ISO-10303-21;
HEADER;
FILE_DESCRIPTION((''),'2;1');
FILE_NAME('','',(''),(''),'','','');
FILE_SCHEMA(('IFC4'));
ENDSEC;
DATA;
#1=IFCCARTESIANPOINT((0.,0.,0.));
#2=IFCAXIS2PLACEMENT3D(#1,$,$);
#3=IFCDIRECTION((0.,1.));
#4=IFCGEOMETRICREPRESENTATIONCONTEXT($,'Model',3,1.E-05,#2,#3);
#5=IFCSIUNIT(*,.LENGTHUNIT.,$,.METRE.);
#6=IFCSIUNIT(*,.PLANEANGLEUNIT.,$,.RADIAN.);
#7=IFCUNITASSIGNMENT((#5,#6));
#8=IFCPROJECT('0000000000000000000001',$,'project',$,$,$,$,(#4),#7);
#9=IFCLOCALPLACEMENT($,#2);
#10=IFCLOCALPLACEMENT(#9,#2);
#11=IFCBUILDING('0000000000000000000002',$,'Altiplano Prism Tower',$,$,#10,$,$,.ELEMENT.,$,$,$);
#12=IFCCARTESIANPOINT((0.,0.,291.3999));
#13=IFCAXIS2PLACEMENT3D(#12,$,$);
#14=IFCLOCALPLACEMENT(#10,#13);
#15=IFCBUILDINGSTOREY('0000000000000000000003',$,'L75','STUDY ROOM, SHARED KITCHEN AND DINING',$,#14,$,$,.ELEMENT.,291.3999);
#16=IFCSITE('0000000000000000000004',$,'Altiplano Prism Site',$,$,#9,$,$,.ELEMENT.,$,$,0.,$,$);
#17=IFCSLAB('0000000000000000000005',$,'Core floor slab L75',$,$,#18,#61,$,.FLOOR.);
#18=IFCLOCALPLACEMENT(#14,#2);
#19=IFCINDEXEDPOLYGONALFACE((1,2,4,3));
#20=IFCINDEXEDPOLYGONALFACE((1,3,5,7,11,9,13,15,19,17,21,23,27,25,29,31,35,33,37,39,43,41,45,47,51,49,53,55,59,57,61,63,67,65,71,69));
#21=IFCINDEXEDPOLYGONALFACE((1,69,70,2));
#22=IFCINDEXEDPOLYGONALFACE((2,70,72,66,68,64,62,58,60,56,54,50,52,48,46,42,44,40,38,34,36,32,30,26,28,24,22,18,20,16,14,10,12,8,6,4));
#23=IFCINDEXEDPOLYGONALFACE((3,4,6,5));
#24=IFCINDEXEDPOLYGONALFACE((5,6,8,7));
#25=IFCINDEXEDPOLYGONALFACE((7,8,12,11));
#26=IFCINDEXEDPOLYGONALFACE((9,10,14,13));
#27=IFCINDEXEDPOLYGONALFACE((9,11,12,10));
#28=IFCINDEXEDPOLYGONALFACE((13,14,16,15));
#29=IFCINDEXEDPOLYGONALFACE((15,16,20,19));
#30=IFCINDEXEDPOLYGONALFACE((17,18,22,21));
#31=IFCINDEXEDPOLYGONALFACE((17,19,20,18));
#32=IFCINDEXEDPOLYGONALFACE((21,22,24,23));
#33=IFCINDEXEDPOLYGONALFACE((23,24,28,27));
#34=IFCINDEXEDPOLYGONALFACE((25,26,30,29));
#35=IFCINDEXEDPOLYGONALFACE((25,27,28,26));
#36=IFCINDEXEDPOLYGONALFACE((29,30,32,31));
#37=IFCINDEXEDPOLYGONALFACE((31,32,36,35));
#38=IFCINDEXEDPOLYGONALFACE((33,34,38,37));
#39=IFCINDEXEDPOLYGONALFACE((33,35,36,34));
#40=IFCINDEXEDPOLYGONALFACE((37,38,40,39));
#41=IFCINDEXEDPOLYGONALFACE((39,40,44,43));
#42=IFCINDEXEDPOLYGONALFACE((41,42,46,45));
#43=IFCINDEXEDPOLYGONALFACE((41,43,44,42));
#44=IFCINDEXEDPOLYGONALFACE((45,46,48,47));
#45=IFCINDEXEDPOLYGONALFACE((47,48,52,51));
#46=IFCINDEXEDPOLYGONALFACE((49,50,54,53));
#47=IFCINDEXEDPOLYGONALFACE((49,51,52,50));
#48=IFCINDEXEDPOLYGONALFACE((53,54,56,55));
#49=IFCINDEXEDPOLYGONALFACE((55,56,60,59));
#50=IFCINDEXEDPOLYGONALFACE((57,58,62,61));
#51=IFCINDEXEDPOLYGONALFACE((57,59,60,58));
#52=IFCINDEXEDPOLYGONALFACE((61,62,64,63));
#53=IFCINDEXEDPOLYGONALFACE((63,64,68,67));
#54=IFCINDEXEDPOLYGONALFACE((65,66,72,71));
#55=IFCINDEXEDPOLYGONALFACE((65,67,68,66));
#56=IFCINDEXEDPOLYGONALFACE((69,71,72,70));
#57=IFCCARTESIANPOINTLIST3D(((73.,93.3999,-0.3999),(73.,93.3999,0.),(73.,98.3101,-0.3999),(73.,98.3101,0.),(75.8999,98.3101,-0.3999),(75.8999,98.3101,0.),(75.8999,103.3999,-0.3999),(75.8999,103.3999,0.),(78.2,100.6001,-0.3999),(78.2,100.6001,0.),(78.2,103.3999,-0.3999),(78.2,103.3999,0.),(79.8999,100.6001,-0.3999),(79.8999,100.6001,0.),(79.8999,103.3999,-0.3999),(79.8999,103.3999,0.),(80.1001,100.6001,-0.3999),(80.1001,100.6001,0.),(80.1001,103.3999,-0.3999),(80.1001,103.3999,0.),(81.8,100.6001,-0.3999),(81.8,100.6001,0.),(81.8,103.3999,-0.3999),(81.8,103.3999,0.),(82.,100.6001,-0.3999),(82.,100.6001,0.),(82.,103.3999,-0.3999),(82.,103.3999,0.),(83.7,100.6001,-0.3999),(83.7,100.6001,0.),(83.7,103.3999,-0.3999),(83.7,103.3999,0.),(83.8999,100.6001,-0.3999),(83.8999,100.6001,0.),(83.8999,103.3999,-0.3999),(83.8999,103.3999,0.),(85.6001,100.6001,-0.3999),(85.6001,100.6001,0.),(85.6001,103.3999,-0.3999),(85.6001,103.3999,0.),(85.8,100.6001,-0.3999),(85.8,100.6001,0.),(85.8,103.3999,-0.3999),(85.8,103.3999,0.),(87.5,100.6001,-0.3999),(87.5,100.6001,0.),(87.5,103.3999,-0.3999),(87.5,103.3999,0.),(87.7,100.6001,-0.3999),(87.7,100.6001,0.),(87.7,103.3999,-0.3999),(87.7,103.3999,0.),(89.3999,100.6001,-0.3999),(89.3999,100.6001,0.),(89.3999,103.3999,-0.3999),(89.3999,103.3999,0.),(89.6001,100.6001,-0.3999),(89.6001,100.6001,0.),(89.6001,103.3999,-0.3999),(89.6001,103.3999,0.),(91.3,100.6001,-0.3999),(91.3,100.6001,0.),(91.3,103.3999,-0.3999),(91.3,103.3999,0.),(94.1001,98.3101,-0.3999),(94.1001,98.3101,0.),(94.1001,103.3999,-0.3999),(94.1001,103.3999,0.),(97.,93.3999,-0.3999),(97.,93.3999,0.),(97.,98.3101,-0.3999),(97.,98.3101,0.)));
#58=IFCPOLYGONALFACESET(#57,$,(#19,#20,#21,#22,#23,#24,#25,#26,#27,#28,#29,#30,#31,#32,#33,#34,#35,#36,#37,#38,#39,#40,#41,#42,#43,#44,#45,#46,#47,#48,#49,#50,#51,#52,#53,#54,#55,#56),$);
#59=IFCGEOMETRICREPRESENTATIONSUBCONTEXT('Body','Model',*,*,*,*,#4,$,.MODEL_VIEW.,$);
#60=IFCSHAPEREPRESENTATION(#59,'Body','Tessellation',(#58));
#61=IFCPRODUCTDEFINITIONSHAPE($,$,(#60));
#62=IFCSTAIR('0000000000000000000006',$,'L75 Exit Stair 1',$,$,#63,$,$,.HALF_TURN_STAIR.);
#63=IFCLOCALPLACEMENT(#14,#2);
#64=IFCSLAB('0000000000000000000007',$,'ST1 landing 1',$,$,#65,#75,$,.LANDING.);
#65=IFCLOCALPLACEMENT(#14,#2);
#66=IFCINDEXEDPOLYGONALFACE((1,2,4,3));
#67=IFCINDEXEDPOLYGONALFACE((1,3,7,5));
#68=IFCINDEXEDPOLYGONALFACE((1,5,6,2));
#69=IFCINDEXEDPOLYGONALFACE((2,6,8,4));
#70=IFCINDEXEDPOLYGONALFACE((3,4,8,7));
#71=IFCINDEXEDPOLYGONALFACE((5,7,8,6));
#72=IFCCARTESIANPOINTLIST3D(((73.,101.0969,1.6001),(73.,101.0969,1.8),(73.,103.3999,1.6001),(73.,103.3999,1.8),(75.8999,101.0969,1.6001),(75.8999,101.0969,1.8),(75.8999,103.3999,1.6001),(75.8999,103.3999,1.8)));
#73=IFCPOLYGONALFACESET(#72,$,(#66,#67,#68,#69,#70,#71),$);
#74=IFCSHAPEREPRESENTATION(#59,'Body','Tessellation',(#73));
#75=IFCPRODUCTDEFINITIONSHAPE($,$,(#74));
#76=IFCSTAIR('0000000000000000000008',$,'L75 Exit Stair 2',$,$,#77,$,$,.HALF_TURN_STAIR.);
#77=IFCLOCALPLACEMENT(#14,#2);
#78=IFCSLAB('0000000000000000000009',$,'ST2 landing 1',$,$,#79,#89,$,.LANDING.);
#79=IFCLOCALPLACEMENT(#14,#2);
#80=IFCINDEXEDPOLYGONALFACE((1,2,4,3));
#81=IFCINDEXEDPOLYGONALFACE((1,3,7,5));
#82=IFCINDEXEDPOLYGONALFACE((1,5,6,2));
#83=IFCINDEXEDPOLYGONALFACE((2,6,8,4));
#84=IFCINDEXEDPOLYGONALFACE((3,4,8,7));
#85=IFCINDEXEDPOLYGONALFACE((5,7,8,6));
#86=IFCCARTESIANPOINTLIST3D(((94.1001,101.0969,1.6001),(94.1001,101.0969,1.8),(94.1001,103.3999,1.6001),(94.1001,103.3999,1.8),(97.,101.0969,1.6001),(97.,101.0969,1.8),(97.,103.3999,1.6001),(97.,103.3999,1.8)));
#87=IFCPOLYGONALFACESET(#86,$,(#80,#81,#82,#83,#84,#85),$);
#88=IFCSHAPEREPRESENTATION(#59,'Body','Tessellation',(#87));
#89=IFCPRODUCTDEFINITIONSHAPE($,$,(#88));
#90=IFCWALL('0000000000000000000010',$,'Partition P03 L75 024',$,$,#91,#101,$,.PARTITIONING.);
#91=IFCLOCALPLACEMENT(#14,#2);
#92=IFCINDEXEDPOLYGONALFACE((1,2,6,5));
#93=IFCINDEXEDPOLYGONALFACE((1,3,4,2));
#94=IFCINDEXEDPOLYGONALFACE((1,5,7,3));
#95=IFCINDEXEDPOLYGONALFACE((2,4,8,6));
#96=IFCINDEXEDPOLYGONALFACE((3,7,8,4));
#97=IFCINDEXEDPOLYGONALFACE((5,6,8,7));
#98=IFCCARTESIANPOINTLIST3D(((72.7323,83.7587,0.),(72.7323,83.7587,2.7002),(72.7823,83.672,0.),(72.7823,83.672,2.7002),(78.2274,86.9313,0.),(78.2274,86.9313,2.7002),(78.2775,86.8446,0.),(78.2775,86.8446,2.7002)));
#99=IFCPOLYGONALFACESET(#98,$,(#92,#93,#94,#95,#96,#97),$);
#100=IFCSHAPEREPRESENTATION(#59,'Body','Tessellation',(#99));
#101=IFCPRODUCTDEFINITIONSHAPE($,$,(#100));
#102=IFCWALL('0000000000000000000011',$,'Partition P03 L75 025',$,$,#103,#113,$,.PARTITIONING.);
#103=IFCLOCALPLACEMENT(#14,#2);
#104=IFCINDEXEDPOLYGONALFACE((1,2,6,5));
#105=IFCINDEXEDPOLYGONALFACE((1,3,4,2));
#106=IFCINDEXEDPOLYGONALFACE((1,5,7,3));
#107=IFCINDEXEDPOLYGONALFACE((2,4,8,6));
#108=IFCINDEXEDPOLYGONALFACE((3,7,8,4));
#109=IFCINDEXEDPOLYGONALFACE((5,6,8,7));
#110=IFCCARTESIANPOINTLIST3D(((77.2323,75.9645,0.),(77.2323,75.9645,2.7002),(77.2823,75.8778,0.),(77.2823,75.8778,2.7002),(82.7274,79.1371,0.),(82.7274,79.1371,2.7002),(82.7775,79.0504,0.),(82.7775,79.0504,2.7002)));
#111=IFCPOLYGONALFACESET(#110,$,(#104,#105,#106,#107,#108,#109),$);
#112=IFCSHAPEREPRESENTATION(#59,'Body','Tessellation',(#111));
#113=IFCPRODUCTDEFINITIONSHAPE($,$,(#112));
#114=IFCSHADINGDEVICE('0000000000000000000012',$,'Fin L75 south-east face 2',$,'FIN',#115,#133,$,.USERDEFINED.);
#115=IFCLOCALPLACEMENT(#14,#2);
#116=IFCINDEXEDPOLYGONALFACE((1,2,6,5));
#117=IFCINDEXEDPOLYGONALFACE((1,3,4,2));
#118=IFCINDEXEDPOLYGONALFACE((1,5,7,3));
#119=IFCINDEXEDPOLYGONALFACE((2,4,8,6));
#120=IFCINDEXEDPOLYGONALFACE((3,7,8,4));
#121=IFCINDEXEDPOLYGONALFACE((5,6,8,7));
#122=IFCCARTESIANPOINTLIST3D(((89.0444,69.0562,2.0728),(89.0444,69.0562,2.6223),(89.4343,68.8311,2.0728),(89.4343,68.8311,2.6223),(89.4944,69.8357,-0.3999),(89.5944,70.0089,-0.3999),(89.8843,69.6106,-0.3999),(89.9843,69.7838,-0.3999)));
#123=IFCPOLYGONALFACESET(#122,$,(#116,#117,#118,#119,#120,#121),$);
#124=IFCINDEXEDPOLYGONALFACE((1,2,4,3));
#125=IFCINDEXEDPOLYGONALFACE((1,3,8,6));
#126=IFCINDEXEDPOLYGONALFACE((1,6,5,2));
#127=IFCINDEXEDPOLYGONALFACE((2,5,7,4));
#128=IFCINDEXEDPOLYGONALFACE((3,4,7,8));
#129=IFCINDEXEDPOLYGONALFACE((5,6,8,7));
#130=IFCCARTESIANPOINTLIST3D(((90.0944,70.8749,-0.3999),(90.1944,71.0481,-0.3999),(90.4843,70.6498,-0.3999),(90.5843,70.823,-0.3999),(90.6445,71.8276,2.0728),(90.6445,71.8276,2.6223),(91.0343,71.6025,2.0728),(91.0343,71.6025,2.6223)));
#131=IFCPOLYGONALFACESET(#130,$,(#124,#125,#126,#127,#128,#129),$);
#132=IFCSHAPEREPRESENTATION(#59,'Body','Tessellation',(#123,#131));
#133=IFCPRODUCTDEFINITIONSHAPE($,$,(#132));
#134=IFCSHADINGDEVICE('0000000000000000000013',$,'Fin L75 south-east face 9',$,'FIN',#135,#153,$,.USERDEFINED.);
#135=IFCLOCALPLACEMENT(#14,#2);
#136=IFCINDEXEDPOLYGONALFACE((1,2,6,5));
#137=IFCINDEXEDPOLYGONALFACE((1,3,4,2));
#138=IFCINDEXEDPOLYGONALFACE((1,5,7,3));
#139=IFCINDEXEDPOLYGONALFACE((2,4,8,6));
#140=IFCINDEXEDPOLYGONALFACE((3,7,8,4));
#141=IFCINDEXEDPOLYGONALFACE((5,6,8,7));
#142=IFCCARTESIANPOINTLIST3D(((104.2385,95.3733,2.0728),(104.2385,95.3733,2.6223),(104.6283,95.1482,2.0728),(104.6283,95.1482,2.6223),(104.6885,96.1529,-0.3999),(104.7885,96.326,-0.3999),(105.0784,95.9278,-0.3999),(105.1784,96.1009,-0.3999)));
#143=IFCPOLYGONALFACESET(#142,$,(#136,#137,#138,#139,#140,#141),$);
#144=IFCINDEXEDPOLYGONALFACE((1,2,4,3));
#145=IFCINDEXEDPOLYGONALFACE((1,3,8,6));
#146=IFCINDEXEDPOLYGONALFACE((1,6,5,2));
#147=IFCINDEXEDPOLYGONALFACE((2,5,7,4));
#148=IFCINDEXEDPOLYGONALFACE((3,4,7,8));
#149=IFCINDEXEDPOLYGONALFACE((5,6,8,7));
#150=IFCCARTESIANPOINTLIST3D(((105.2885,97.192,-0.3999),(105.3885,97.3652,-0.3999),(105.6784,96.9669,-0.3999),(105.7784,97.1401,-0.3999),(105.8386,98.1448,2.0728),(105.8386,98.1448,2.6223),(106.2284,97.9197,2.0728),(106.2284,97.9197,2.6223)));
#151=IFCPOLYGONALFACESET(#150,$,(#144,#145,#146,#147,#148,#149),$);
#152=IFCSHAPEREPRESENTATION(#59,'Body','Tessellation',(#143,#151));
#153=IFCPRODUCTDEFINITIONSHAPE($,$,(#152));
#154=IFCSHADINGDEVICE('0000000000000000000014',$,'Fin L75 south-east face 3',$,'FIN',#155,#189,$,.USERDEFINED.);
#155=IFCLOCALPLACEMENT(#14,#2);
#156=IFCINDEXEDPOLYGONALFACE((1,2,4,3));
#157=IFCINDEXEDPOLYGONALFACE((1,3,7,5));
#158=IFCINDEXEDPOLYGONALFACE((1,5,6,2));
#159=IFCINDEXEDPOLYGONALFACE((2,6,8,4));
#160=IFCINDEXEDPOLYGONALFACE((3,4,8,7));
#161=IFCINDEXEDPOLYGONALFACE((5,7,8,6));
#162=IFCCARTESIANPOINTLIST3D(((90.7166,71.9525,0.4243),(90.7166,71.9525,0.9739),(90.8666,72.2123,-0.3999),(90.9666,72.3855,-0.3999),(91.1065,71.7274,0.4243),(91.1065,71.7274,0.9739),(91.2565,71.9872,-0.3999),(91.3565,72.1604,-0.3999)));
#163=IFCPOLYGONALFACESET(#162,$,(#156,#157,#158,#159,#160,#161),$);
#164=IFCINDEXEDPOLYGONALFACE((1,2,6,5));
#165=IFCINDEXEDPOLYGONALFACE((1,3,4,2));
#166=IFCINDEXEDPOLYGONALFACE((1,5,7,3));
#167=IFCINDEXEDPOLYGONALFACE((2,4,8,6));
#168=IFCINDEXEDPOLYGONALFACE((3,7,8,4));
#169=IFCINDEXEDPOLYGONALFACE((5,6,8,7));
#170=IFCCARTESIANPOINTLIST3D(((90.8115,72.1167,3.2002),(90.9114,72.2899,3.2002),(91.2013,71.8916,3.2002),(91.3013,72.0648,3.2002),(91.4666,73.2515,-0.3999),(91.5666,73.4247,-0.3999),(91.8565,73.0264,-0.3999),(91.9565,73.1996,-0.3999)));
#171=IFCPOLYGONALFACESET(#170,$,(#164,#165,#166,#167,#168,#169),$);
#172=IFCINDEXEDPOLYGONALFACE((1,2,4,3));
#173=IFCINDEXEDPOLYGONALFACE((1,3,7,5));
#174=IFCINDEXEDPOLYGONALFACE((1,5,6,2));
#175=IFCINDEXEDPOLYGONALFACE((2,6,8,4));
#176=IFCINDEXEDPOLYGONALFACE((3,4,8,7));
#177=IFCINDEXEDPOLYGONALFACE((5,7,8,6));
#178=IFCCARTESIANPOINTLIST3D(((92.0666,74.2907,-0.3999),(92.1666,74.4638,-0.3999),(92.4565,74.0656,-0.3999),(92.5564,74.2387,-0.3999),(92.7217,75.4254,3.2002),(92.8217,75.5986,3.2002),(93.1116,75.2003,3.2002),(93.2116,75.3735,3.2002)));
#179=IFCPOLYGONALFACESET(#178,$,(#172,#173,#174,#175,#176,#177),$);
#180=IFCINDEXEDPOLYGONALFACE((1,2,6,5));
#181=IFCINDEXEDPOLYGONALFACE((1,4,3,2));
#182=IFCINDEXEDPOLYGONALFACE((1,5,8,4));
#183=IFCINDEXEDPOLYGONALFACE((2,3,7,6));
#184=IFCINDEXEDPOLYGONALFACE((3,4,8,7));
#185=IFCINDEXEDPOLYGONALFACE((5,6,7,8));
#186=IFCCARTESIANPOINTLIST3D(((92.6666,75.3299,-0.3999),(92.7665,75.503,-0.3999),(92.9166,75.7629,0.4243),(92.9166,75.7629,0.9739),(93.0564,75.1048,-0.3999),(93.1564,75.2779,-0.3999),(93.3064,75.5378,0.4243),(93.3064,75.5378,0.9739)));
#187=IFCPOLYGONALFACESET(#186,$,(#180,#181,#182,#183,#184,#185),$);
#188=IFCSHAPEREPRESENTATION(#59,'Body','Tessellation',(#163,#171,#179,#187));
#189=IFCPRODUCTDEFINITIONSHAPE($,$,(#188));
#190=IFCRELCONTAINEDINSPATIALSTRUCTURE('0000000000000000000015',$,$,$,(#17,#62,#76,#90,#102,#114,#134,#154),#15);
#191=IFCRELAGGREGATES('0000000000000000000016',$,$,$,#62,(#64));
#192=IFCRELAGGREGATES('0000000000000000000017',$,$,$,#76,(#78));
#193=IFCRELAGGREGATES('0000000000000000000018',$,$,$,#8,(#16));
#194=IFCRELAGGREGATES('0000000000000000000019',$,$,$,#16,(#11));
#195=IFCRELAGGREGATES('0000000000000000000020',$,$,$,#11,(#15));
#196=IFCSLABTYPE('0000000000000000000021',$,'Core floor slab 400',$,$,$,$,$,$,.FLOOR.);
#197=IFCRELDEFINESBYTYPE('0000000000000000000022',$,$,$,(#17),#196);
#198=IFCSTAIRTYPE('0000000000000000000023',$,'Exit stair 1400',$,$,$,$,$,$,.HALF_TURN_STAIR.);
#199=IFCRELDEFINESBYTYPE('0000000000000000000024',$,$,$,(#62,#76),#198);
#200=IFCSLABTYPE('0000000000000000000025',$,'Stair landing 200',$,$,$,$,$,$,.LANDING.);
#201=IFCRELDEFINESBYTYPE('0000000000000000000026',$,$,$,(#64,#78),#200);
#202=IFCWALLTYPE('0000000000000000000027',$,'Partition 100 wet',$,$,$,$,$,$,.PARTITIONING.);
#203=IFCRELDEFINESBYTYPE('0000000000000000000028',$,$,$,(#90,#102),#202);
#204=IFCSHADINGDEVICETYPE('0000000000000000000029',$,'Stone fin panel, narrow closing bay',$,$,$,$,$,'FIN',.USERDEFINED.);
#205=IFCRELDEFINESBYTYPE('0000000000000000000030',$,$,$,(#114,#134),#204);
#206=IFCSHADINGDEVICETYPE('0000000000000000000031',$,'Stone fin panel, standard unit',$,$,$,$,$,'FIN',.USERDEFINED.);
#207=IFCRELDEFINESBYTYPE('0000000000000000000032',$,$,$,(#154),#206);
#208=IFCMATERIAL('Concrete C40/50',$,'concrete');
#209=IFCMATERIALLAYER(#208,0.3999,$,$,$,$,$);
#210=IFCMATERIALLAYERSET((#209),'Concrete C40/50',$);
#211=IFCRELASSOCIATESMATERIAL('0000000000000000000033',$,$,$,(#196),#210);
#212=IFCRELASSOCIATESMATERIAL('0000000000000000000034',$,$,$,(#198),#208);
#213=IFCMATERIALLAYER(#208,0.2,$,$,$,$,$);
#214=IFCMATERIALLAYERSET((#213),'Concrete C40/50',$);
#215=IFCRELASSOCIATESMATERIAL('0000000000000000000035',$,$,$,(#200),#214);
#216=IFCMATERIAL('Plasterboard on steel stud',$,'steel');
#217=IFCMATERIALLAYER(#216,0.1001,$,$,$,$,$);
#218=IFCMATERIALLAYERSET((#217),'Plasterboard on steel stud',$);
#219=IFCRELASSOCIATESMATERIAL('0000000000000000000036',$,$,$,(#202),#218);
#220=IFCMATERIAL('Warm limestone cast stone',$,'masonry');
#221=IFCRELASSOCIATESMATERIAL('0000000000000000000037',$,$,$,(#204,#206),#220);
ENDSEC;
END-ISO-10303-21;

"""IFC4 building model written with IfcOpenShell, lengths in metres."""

from ifc_helpers import new_model, si_unit, direction, frame, frame_2d, origin, place, context, subcontext, project, spatial, polyline, rectangle, outline, extrude, source, transform, mapped, material, layer, layer_set, type_object, element, aggregate, save


model = new_model("IFC4")

# Units and contexts
model_context = context("Model", 3, precision=1e-05, world=origin(), true_north=direction((0.0, 1.0)))
body_context = subcontext(model_context, "Body", "Model", "MODEL_VIEW")
ifc_project = project(units=[si_unit("LENGTHUNIT", "METRE"), si_unit("PLANEANGLEUNIT", "RADIAN")], contexts=[model_context])

# Site, building, storey
site_placement = place(None, origin())
site = spatial("IfcSite", under=ifc_project, at=site_placement, Name="Altiplano Prism Site", CompositionType="ELEMENT", RefElevation=0.0)
building_placement = place(site_placement, origin())
building = spatial("IfcBuilding", under=site, at=building_placement, Name="Altiplano Prism Tower", CompositionType="ELEMENT")
storey_placement = place(building_placement, frame((0.0, 0.0, 291.3999)))
storey = spatial("IfcBuildingStorey", under=building, at=storey_placement, Name="L75", Description="STUDY ROOM, SHARED KITCHEN AND DINING", CompositionType="ELEMENT", Elevation=291.3999)

# Slab
ifc_material_1 = material(Name="Concrete C40/50", Category="concrete")
ifc_layer_1 = layer(ifc_material_1, 0.3999)
ifc_layer_set_1 = layer_set([ifc_layer_1], Name="Concrete C40/50")
slab_type_1 = type_object("IfcSlabType", Name="Core floor slab 400", PredefinedType="FLOOR", material=ifc_layer_set_1)
slab_1_placement = place(storey_placement, frame((0.0, 0.0, -0.3999)))
element("IfcSlab", 1, at=slab_1_placement, inside=storey, type_object=slab_type_1, Name="Core floor slab L75", PredefinedType="FLOOR", context=body_context, shape_type="SweptSolid", body=[
    extrude(outline(polyline([(97.0, 98.3101), (94.1001, 98.3101), (94.1001, 103.3999), (91.3, 103.3999), (91.3, 100.6001), (89.6001, 100.6001), (89.6001, 103.3999), (89.3999, 103.3999), (89.3999, 100.6001), (87.7, 100.6001), (87.7, 103.3999), (87.5, 103.3999), (87.5, 100.6001), (85.8, 100.6001), (85.8, 103.3999), (85.6001, 103.3999), (85.6001, 100.6001), (83.8999, 100.6001), (83.8999, 103.3999), (83.7, 103.3999), (83.7, 100.6001), (82.0, 100.6001), (82.0, 103.3999), (81.8, 103.3999), (81.8, 100.6001), (80.1001, 100.6001), (80.1001, 103.3999), (79.8999, 103.3999), (79.8999, 100.6001), (78.2, 100.6001), (78.2, 103.3999), (75.8999, 103.3999), (75.8999, 98.3101), (73.0, 98.3101), (73.0, 93.3999), (97.0, 93.3999), (97.0, 98.3101)])), origin(), (0.0, 0.0, 1.0), 0.3999),
])

# Stairs, slabs
stair_type = type_object("IfcStairType", Name="Exit stair 1400", PredefinedType="HALF_TURN_STAIR", material=ifc_material_1)
stair_1_placement = place(storey_placement, origin())
stair_1 = element("IfcStair", 2, at=stair_1_placement, inside=storey, type_object=stair_type, Name="L75 Exit Stair 1", PredefinedType="HALF_TURN_STAIR")
ifc_layer_2 = layer(ifc_material_1, 0.2)
ifc_layer_set_2 = layer_set([ifc_layer_2], Name="Concrete C40/50")
slab_type_2 = type_object("IfcSlabType", Name="Stair landing 200", PredefinedType="LANDING", material=ifc_layer_set_2)
slab_2_placement = place(storey_placement, frame((0.0, 0.0, 1.6001)))
slab_2 = element("IfcSlab", 3, at=slab_2_placement, type_object=slab_type_2, Name="ST1 landing 1", PredefinedType="LANDING", context=body_context, shape_type="SweptSolid", body=[
    extrude(outline(polyline([(75.8999, 101.0969), (75.8999, 103.3999), (73.0, 103.3999), (73.0, 101.0969), (75.8999, 101.0969)])), origin(), (0.0, 0.0, 1.0), 0.2),
])
aggregate(stair_1, [slab_2])
stair_2_placement = place(storey_placement, origin())
stair_2 = element("IfcStair", 4, at=stair_2_placement, inside=storey, type_object=stair_type, Name="L75 Exit Stair 2", PredefinedType="HALF_TURN_STAIR")
slab_3_placement = place(storey_placement, frame((0.0, 0.0, 1.6001)))
slab_3 = element("IfcSlab", 5, at=slab_3_placement, type_object=slab_type_2, Name="ST2 landing 1", PredefinedType="LANDING", context=body_context, shape_type="SweptSolid", body=[
    extrude(outline(polyline([(97.0, 101.0969), (97.0, 103.3999), (94.1001, 103.3999), (94.1001, 101.0969), (97.0, 101.0969)])), origin(), (0.0, 0.0, 1.0), 0.2),
])
aggregate(stair_2, [slab_3])

# Walls
ifc_material_2 = material(Name="Plasterboard on steel stud", Category="steel")
ifc_layer_3 = layer(ifc_material_2, 0.1001)
ifc_layer_set_3 = layer_set([ifc_layer_3], Name="Plasterboard on steel stud")
wall_type = type_object("IfcWallType", Name="Partition 100 wet", PredefinedType="PARTITIONING", material=ifc_layer_set_3)
for number, where, z_axis, x_axis, name in (
    (6, (72.7573, 83.7153, 0.0), (0.0, 0.0, 1.0), (0.866025, 0.5, 0.0), "Partition P03 L75 024"),
    (7, (77.2573, 75.9211, 0.0), (0.0, 0.0, 1.0), (0.866025, 0.5, 0.0), "Partition P03 L75 025"),
):
    element("IfcWall", number, at=place(storey_placement, frame(where, z_axis=z_axis, x_axis=x_axis)), inside=storey, type_object=wall_type, Name=name, PredefinedType="PARTITIONING", context=body_context, shape_type="SweptSolid", body=[
        extrude(rectangle(XDim=6.3452, YDim=0.1001, at=frame_2d((3.1726, 0.0))), origin(), (0.0, 0.0, 1.0), 2.7002),
    ])

# Shading devices
ifc_material_3 = material(Name="Warm limestone cast stone", Category="masonry")
shading_device_type_1 = type_object("IfcShadingDeviceType", Name="Stone fin panel, narrow closing bay", ElementType="FIN", PredefinedType="USERDEFINED", material=ifc_material_3)
shared_shape_1 = source(origin(), body_context, "Body", "SweptSolid", [
    extrude(outline(polyline([(-1.6001, 3.0222), (-1.6001, 2.4727), (-0.7, 0.0), (-0.5, 0.0), (-1.6001, 3.0222)])), frame((0.0, -0.1499, 0.0), z_axis=(0.0, -1.0, 0.0), x_axis=(1.0, 0.0, 0.0)), (0.0, 0.0, 1.0), 0.4502),
    extrude(outline(polyline([(1.6001, 2.4727), (1.6001, 3.0222), (0.5, 0.0), (0.7, 0.0), (1.6001, 2.4727)])), frame((0.0, -0.1499, 0.0), z_axis=(0.0, -1.0, 0.0), x_axis=(1.0, 0.0, 0.0)), (0.0, 0.0, 1.0), 0.4502),
])
shading_device_1_placement = place(storey_placement, origin())
element("IfcShadingDevice", 8, at=shading_device_1_placement, inside=storey, type_object=shading_device_type_1, Name="Fin L75 south-east face 2", ObjectType="FIN", PredefinedType="USERDEFINED", context=body_context, shape_type="MappedRepresentation", body=[
    mapped(shared_shape_1, transform((89.7146, 70.5168, -0.3999), x_axis=(0.5, 0.866025, 0.0), y_axis=(-0.866025, 0.5, 0.0), z_axis=(0.0, 0.0, 1.0))),
])
shading_device_2_placement = place(storey_placement, origin())
element("IfcShadingDevice", 9, at=shading_device_2_placement, inside=storey, type_object=shading_device_type_1, Name="Fin L75 south-east face 9", ObjectType="FIN", PredefinedType="USERDEFINED", context=body_context, shape_type="MappedRepresentation", body=[
    mapped(shared_shape_1, transform((104.9087, 96.834, -0.3999), x_axis=(0.5, 0.866025, 0.0), y_axis=(-0.866025, 0.5, 0.0), z_axis=(0.0, 0.0, 1.0))),
])
shading_device_type_2 = type_object("IfcShadingDeviceType", Name="Stone fin panel, standard unit", ElementType="FIN", PredefinedType="USERDEFINED", material=ifc_material_3)
shared_shape_2 = source(origin(), body_context, "Body", "SweptSolid", [
    extrude(outline(polyline([(-2.2, 1.3738), (-2.2, 0.8242), (-1.8999, 0.0), (-1.7, 0.0), (-2.2, 1.3738)])), frame((0.0, -0.1499, 0.0), z_axis=(0.0, -1.0, 0.0), x_axis=(1.0, 0.0, 0.0)), (0.0, 0.0, 1.0), 0.4502),
    extrude(outline(polyline([(-2.0103, 3.6001), (-0.7, 0.0), (-0.5, 0.0), (-1.8103, 3.6001), (-2.0103, 3.6001)])), frame((0.0, -0.1499, 0.0), z_axis=(0.0, -1.0, 0.0), x_axis=(1.0, 0.0, 0.0)), (0.0, 0.0, 1.0), 0.4502),
    extrude(outline(polyline([(1.8103, 3.6001), (0.5, 0.0), (0.7, 0.0), (2.0103, 3.6001), (1.8103, 3.6001)])), frame((0.0, -0.1499, 0.0), z_axis=(0.0, -1.0, 0.0), x_axis=(1.0, 0.0, 0.0)), (0.0, 0.0, 1.0), 0.4502),
    extrude(outline(polyline([(2.2, 0.8242), (2.2, 1.3738), (1.7, 0.0), (1.8999, 0.0), (2.2, 0.8242)])), frame((0.0, -0.1499, 0.0), z_axis=(0.0, -1.0, 0.0), x_axis=(1.0, 0.0, 0.0)), (0.0, 0.0, 1.0), 0.4502),
])
shading_device_3_placement = place(storey_placement, origin())
element("IfcShadingDevice", 10, at=shading_device_3_placement, inside=storey, type_object=shading_device_type_2, Name="Fin L75 south-east face 3", ObjectType="FIN", PredefinedType="USERDEFINED", context=body_context, shape_type="MappedRepresentation", body=[
    mapped(shared_shape_2, transform((91.6868, 73.9326, -0.3999), x_axis=(0.5, 0.866025, 0.0), y_axis=(-0.866025, 0.5, 0.0), z_axis=(0.0, 0.0, 1.0))),
])

save(model, "model.ifc")
